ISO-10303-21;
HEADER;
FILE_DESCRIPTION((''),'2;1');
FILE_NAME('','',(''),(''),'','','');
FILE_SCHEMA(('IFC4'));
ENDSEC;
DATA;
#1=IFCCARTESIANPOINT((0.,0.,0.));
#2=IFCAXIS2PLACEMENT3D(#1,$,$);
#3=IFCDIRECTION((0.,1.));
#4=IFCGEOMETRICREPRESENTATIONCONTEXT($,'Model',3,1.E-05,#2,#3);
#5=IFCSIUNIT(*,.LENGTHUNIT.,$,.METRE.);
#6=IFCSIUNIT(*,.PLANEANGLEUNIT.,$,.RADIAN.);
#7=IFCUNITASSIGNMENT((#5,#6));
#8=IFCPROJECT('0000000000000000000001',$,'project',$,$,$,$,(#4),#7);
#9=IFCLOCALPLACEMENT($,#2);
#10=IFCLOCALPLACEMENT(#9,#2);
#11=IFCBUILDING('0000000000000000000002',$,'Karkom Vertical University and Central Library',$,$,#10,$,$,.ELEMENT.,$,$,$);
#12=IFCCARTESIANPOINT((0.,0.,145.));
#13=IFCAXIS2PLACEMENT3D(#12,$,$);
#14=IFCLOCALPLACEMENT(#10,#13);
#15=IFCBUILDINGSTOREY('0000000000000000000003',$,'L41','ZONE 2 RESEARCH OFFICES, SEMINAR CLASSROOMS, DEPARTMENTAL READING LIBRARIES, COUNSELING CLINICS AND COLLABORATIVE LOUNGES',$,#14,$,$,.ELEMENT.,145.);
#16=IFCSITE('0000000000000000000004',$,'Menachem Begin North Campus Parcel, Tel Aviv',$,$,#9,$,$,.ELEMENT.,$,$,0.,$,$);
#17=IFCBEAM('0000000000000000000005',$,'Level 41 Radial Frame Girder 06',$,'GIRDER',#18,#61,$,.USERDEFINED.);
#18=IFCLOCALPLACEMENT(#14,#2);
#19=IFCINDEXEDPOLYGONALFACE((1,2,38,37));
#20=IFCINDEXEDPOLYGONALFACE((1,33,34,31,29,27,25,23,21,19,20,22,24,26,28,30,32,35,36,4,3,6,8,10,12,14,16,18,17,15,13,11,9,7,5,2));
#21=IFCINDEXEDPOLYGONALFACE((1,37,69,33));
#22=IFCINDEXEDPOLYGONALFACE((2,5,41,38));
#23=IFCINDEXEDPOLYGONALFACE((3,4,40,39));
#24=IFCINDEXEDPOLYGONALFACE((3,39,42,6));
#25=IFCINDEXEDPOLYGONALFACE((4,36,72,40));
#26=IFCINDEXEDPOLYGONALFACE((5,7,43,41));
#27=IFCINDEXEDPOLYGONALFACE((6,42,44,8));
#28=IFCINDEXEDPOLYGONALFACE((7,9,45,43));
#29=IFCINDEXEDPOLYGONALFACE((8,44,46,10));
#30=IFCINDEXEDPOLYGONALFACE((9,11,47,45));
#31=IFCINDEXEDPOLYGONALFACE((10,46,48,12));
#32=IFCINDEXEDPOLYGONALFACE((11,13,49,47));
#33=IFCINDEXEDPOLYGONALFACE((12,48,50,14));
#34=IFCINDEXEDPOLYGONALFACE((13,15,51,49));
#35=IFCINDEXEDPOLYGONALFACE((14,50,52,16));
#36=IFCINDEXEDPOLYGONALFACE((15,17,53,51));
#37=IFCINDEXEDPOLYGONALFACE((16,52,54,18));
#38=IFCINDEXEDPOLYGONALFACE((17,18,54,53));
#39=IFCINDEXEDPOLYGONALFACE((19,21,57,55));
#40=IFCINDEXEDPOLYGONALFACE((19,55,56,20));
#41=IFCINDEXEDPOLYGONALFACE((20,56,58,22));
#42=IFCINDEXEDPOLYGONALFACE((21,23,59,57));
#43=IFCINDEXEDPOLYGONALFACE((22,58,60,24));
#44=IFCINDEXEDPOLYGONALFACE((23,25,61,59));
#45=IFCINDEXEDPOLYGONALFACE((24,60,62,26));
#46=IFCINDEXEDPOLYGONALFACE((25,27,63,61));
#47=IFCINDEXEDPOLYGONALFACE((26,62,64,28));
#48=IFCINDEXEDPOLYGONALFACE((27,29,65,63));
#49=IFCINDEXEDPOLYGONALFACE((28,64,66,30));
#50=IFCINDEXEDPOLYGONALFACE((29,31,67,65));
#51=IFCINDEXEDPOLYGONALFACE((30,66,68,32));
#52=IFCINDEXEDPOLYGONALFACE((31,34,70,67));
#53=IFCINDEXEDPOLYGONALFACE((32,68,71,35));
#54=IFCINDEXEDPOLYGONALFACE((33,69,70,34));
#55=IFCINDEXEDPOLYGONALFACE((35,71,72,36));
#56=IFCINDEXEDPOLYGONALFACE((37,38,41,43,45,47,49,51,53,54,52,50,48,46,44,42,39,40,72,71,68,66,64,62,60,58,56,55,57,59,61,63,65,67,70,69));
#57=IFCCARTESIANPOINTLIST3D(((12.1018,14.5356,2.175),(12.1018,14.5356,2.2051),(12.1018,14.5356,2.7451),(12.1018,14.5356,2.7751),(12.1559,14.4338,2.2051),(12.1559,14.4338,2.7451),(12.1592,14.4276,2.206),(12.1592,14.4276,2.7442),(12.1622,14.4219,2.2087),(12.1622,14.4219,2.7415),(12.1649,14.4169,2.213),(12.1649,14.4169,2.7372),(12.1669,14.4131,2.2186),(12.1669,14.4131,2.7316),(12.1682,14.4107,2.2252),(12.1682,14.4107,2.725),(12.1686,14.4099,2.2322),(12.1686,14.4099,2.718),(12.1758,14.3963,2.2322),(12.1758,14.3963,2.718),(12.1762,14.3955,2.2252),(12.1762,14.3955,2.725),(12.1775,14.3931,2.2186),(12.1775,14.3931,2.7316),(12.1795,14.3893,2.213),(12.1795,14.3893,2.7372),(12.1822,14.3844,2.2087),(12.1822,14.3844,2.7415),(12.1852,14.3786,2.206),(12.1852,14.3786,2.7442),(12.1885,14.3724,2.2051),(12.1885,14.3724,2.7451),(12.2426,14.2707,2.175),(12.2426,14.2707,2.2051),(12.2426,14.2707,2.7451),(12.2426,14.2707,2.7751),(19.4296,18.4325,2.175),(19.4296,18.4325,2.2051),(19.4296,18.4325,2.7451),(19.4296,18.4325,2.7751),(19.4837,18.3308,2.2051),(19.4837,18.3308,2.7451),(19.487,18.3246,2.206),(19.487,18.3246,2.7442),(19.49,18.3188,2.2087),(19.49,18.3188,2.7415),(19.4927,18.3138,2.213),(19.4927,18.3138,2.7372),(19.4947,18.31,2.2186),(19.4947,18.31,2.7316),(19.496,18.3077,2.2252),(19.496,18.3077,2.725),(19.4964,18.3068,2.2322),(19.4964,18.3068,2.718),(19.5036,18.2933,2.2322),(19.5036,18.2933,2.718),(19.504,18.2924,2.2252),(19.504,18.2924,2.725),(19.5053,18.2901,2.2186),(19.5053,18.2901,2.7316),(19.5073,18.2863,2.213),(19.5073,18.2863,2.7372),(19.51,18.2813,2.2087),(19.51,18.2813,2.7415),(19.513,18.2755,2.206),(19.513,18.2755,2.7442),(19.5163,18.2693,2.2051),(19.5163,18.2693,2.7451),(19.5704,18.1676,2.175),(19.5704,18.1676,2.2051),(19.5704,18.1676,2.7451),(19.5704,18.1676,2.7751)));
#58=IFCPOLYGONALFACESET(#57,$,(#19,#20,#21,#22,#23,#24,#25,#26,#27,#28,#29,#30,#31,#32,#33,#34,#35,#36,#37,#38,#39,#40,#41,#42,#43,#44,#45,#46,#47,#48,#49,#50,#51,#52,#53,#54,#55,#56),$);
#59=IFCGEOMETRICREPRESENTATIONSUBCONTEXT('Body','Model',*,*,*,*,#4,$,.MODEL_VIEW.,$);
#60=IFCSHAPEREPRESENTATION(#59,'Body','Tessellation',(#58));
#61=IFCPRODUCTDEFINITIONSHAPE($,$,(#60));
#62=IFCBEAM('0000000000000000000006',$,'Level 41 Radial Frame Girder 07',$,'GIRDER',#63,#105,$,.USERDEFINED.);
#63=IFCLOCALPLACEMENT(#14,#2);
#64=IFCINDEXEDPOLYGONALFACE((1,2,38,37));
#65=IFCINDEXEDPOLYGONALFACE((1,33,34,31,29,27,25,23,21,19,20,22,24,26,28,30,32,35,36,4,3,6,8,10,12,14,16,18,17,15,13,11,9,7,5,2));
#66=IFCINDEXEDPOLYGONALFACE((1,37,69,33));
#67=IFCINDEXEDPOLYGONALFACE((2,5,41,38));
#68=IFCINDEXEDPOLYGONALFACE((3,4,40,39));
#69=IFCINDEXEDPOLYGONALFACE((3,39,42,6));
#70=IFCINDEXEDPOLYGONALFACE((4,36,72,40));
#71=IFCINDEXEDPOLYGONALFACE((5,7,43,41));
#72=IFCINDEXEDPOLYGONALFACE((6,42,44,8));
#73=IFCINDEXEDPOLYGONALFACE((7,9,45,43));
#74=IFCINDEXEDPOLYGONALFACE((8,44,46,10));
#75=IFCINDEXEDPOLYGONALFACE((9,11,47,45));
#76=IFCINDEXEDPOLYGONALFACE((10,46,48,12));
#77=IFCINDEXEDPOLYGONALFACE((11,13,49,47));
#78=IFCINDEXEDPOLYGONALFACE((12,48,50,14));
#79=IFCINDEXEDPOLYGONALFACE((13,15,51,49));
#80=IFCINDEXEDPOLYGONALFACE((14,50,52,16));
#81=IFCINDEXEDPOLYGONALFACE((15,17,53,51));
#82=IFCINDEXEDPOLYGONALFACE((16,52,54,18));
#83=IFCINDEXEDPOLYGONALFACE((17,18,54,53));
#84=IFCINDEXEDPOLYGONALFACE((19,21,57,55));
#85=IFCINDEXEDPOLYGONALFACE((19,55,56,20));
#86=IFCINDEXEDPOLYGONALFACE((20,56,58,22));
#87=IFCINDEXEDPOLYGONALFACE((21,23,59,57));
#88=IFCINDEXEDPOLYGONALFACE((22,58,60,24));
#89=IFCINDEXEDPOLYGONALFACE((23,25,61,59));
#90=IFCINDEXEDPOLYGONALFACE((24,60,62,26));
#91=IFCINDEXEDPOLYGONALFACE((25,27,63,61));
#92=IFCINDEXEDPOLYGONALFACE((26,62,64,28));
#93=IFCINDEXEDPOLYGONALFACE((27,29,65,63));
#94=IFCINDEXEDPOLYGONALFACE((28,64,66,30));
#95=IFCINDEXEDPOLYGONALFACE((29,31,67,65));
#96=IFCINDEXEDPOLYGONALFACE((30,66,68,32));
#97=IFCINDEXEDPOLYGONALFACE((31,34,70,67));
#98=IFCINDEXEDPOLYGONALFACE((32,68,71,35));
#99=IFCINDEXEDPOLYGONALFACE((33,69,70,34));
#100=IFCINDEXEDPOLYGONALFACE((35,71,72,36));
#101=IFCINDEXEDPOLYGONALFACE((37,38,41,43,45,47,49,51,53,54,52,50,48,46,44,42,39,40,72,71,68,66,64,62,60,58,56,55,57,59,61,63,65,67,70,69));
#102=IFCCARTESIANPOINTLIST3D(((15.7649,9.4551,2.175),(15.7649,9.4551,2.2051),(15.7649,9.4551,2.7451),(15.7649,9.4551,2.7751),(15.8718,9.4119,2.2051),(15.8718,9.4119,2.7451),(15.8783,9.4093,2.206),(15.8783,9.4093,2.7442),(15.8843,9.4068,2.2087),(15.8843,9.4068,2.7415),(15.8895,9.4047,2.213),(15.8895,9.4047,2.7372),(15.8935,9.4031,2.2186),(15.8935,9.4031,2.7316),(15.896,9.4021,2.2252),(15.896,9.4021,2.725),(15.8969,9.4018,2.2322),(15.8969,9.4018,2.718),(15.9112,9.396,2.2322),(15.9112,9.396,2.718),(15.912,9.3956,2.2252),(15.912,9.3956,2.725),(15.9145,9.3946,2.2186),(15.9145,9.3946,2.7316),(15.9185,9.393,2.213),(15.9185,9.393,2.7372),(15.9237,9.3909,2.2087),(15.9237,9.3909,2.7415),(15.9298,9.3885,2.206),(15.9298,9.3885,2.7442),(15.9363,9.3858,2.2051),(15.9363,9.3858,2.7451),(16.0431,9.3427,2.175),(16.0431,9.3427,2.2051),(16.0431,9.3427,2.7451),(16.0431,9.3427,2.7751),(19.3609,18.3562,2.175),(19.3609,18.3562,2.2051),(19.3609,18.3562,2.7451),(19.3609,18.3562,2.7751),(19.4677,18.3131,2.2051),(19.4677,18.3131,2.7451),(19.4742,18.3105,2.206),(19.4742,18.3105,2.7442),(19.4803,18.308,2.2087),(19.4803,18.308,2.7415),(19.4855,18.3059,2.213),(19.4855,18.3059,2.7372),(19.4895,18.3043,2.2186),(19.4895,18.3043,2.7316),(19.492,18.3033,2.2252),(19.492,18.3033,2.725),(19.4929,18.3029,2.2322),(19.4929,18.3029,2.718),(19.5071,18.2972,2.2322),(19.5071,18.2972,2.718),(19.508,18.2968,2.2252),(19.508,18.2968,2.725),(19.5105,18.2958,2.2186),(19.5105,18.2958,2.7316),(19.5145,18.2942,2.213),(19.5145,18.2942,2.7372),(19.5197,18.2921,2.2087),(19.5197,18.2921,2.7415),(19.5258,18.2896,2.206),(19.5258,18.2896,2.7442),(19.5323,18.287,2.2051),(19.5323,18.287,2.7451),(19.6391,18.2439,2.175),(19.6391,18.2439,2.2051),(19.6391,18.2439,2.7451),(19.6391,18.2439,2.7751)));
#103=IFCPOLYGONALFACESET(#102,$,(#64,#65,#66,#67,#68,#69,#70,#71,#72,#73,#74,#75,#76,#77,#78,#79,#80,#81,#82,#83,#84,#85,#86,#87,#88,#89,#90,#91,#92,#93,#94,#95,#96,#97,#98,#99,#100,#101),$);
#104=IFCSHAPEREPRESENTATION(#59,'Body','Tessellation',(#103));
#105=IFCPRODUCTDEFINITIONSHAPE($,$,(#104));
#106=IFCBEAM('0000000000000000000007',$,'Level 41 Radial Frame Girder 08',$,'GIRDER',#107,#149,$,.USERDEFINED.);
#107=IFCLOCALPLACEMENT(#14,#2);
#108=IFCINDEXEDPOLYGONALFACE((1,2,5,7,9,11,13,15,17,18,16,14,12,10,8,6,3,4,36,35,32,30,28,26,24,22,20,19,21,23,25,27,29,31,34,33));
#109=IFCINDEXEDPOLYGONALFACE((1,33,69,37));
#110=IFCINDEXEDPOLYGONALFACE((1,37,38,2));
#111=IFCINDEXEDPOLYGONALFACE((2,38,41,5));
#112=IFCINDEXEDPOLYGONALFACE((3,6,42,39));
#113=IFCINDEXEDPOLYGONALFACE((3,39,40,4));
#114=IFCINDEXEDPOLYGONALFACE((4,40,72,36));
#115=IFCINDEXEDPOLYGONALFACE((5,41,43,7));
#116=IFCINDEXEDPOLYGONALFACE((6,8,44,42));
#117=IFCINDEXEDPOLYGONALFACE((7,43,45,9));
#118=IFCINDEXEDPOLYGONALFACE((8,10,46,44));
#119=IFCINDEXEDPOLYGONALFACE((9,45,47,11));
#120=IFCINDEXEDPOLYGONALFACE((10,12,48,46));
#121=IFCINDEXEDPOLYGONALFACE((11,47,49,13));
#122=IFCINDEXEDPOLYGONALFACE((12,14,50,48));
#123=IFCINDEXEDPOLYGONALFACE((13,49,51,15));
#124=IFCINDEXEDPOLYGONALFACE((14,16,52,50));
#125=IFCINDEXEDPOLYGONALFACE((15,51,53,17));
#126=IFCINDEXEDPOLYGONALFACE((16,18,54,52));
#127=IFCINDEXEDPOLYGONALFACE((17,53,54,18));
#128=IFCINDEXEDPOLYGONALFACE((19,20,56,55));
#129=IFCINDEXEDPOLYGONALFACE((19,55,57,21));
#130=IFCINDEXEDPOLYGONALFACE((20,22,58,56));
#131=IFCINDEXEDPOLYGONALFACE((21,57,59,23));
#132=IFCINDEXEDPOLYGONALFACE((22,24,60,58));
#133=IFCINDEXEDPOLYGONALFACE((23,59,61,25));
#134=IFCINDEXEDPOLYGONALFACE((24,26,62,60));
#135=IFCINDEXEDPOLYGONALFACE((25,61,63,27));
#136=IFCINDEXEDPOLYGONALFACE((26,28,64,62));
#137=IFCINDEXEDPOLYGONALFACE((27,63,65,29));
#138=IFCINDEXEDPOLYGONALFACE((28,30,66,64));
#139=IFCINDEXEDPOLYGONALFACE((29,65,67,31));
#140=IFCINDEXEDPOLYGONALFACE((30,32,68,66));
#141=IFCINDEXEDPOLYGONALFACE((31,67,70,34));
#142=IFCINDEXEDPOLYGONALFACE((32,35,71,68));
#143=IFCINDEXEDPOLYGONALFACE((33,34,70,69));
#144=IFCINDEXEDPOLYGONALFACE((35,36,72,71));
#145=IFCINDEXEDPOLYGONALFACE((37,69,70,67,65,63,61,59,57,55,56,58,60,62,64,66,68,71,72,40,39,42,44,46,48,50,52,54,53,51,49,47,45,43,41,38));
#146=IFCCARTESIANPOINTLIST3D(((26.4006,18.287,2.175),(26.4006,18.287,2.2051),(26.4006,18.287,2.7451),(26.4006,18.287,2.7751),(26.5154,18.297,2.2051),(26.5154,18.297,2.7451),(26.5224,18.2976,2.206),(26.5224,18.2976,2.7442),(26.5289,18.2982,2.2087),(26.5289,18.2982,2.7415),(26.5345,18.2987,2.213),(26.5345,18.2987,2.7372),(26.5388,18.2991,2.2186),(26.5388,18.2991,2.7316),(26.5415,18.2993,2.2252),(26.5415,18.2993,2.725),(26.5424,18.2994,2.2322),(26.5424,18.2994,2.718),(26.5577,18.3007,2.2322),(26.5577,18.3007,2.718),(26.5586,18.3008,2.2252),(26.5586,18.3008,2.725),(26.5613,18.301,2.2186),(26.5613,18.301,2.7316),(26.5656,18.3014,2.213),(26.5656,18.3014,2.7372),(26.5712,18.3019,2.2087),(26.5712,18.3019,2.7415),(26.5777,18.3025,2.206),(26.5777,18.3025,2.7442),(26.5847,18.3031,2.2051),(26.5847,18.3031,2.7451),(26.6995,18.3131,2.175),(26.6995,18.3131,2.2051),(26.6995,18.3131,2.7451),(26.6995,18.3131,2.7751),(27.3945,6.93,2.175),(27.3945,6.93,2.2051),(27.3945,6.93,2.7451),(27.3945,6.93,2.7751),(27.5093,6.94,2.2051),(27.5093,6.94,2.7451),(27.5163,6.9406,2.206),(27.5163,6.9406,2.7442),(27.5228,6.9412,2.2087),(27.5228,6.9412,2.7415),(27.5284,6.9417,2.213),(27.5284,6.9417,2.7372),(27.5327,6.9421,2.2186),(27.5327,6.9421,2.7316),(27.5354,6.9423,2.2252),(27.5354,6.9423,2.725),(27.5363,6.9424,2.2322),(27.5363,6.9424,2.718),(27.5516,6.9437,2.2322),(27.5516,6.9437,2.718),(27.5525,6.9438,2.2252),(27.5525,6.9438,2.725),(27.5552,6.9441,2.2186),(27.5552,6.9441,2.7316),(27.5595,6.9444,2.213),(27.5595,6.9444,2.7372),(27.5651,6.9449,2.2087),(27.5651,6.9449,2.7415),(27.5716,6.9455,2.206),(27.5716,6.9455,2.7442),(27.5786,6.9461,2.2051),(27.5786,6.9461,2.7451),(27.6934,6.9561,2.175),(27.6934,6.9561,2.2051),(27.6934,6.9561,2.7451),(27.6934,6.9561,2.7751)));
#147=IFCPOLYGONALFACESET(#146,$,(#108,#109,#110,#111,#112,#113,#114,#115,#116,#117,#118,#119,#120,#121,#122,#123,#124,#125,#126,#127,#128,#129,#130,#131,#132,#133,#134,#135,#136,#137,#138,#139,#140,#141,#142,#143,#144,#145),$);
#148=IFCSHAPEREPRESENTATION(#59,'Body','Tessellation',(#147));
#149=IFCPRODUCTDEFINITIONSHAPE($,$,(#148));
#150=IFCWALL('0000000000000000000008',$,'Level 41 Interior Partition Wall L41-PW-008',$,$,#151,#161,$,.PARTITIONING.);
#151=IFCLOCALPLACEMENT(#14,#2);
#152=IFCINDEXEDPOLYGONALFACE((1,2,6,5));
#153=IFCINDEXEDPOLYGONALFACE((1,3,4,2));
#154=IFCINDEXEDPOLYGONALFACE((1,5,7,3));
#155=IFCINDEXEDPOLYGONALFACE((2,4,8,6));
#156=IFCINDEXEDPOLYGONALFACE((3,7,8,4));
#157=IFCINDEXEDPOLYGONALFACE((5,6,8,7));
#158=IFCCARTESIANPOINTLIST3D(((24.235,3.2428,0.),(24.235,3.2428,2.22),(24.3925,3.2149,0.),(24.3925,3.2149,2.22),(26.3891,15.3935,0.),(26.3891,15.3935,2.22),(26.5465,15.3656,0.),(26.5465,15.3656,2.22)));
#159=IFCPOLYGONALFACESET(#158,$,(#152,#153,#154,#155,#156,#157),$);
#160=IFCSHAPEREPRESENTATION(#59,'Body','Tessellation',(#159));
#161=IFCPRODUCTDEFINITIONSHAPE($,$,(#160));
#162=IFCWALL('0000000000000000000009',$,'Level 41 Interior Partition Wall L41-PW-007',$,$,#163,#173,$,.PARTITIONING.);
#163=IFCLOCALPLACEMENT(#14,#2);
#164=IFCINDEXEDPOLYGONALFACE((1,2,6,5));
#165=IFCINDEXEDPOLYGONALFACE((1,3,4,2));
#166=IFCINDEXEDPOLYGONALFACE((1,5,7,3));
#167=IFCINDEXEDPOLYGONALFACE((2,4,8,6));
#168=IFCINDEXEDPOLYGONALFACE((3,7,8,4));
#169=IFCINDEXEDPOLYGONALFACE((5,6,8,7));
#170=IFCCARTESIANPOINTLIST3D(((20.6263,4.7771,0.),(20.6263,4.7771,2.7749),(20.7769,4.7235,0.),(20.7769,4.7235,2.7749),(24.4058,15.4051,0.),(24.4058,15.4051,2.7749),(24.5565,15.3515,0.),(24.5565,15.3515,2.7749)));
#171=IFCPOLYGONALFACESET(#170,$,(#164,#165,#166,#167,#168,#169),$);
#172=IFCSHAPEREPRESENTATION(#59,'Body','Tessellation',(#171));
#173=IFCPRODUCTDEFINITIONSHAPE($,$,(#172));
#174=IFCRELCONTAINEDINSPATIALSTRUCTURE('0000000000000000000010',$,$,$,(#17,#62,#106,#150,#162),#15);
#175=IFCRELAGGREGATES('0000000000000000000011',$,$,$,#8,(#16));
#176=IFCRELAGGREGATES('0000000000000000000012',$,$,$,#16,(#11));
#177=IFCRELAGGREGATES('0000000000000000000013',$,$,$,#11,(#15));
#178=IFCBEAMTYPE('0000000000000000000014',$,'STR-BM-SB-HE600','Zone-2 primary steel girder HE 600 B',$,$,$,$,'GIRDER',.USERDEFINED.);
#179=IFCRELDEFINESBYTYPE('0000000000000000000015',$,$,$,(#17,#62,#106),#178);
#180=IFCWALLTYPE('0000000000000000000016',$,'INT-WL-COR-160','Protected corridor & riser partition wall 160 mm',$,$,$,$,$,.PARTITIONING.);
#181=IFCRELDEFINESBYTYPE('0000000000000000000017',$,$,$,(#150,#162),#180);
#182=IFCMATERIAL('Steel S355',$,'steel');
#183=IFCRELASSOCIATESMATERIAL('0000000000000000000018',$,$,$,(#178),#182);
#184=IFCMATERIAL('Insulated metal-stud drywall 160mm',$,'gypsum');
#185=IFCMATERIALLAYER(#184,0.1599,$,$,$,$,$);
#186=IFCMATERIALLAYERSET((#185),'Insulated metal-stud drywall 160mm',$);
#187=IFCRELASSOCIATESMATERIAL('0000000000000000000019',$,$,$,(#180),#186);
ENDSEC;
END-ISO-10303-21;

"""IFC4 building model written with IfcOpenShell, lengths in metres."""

from ifc_helpers import new_model, si_unit, direction, frame, frame_2d, origin, origin_with_axes, origin_2d, place, context, subcontext, project, spatial, rectangle, i_section, extrude, source, transform, mapped, material, layer, layer_set, material_profile, profile_set, type_object, element, save


model = new_model("IFC4")

# Units and contexts
model_context = context("Model", 3, precision=1e-05, world=origin(), true_north=direction((0.0, 1.0)))
body_context = subcontext(model_context, "Body", "Model", "MODEL_VIEW")
ifc_project = project(units=[si_unit("LENGTHUNIT", "METRE"), si_unit("PLANEANGLEUNIT", "RADIAN")], contexts=[model_context])

# Site, building, storey
site_placement = place(None, origin())
site = spatial("IfcSite", under=ifc_project, at=site_placement, Name="Menachem Begin North Campus Parcel, Tel Aviv", CompositionType="ELEMENT", RefElevation=0.0)
building_placement = place(site_placement, origin())
building = spatial("IfcBuilding", under=site, at=building_placement, Name="Karkom Vertical University and Central Library", CompositionType="ELEMENT")
storey_placement = place(building_placement, frame((0.0, 0.0, 145.0)))
storey = spatial("IfcBuildingStorey", under=building, at=storey_placement, Name="L41", Description="ZONE 2 RESEARCH OFFICES, SEMINAR CLASSROOMS, DEPARTMENTAL READING LIBRARIES, COUNSELING CLINICS AND COLLABORATIVE LOUNGES", CompositionType="ELEMENT", Elevation=145.0)

# Beams
ifc_material_1 = material(Name="Steel S355", Category="steel")
ifc_material_profile_1 = material_profile(ifc_material_1, i_section(OverallWidth=0.3, OverallDepth=0.6001, WebThickness=0.0154, FlangeThickness=0.03, FilletRadius=0.0271, at=origin_2d()), Name="HE 600 B")
ifc_profile_set_1 = profile_set([ifc_material_profile_1], Name="Steel S355")
beam_type_1 = type_object("IfcBeamType", Name="STR-BM-SB-HE600", Description="Zone-2 primary steel girder HE 600 B", ElementType="GIRDER", PredefinedType="USERDEFINED", material=ifc_profile_set_1)
shared_shape_1 = source(origin_with_axes(), body_context, "Body", "SweptSolid", [
    extrude(i_section(OverallWidth=0.3, OverallDepth=0.6001, WebThickness=0.0154, FlangeThickness=0.03, FilletRadius=0.0271, at=origin_2d()), origin(), (0.0, 0.0, 1.0), 8.2996),
])
beam_1_placement = place(storey_placement, frame((19.5, 18.3, 2.4751), z_axis=(-0.882914, -0.469534, 0.0), x_axis=(0.469534, -0.882914, 0.0)))
element("IfcBeam", 1, at=beam_1_placement, inside=storey, type_object=beam_type_1, Name="Level 41 Radial Frame Girder 06", ObjectType="GIRDER", PredefinedType="USERDEFINED", context=body_context, shape_type="MappedRepresentation", body=[
    mapped(shared_shape_1, transform((0.0, 0.0, 0.0), scale=1.0)),
])
shared_shape_2 = source(origin_with_axes(), body_context, "Body", "SweptSolid", [
    extrude(i_section(OverallWidth=0.3, OverallDepth=0.6001, WebThickness=0.0154, FlangeThickness=0.03, FilletRadius=0.0271, at=origin_2d()), origin(), (0.0, 0.0, 1.0), 9.6001),
])
beam_2_placement = place(storey_placement, frame((19.5, 18.3, 2.4751), z_axis=(-0.374576, -0.927196, 0.0), x_axis=(0.927196, -0.374576, 0.0)))
element("IfcBeam", 2, at=beam_2_placement, inside=storey, type_object=beam_type_1, Name="Level 41 Radial Frame Girder 07", ObjectType="GIRDER", PredefinedType="USERDEFINED", context=body_context, shape_type="MappedRepresentation", body=[
    mapped(shared_shape_2, transform((0.0, 0.0, 0.0), scale=1.0)),
])
shared_shape_3 = source(origin_with_axes(), body_context, "Body", "SweptSolid", [
    extrude(i_section(OverallWidth=0.3, OverallDepth=0.6001, WebThickness=0.0154, FlangeThickness=0.03, FilletRadius=0.0271, at=origin_2d()), origin(), (0.0, 0.0, 1.0), 11.4004),
])
beam_3_placement = place(storey_placement, frame((26.55, 18.3, 2.4751), z_axis=(0.087181, -0.996192, 0.0), x_axis=(0.996192, 0.087181, 0.0)))
element("IfcBeam", 3, at=beam_3_placement, inside=storey, type_object=beam_type_1, Name="Level 41 Radial Frame Girder 08", ObjectType="GIRDER", PredefinedType="USERDEFINED", context=body_context, shape_type="MappedRepresentation", body=[
    mapped(shared_shape_3, transform((0.0, 0.0, 0.0), scale=1.0)),
])

# Walls
ifc_material_2 = material(Name="Insulated metal-stud drywall 160mm", Category="gypsum")
ifc_layer_1 = layer(ifc_material_2, 0.1599)
ifc_layer_set_1 = layer_set([ifc_layer_1], Name="Insulated metal-stud drywall 160mm")
wall_type_1 = type_object("IfcWallType", Name="INT-WL-COR-160", Description="Protected corridor & riser partition wall 160 mm", PredefinedType="PARTITIONING", material=ifc_layer_set_1)
wall_1_placement = place(storey_placement, frame((26.4678, 15.3794, 0.0), z_axis=(0.0, 0.0, 1.0), x_axis=(-0.174557, -0.984647, 0.0)))
element("IfcWall", 4, at=wall_1_placement, inside=storey, type_object=wall_type_1, Name="Level 41 Interior Partition Wall L41-PW-008", PredefinedType="PARTITIONING", context=body_context, shape_type="SweptSolid", body=[
    extrude(rectangle(XDim=12.3401, YDim=0.1599, at=frame_2d((6.1699, 0.0))), origin(), (0.0, 0.0, 1.0), 2.22),
])
wall_2_placement = place(storey_placement, frame((24.4812, 15.3784, 0.0), z_axis=(0.0, 0.0, 1.0), x_axis=(-0.335066, -0.942194, 0.0)))
element("IfcWall", 5, at=wall_2_placement, inside=storey, type_object=wall_type_1, Name="Level 41 Interior Partition Wall L41-PW-007", PredefinedType="PARTITIONING", context=body_context, shape_type="SweptSolid", body=[
    extrude(rectangle(XDim=11.28, YDim=0.1599, at=frame_2d((5.6401, 0.0))), origin(), (0.0, 0.0, 1.0), 2.7749),
])

save(model, "model.ifc")
